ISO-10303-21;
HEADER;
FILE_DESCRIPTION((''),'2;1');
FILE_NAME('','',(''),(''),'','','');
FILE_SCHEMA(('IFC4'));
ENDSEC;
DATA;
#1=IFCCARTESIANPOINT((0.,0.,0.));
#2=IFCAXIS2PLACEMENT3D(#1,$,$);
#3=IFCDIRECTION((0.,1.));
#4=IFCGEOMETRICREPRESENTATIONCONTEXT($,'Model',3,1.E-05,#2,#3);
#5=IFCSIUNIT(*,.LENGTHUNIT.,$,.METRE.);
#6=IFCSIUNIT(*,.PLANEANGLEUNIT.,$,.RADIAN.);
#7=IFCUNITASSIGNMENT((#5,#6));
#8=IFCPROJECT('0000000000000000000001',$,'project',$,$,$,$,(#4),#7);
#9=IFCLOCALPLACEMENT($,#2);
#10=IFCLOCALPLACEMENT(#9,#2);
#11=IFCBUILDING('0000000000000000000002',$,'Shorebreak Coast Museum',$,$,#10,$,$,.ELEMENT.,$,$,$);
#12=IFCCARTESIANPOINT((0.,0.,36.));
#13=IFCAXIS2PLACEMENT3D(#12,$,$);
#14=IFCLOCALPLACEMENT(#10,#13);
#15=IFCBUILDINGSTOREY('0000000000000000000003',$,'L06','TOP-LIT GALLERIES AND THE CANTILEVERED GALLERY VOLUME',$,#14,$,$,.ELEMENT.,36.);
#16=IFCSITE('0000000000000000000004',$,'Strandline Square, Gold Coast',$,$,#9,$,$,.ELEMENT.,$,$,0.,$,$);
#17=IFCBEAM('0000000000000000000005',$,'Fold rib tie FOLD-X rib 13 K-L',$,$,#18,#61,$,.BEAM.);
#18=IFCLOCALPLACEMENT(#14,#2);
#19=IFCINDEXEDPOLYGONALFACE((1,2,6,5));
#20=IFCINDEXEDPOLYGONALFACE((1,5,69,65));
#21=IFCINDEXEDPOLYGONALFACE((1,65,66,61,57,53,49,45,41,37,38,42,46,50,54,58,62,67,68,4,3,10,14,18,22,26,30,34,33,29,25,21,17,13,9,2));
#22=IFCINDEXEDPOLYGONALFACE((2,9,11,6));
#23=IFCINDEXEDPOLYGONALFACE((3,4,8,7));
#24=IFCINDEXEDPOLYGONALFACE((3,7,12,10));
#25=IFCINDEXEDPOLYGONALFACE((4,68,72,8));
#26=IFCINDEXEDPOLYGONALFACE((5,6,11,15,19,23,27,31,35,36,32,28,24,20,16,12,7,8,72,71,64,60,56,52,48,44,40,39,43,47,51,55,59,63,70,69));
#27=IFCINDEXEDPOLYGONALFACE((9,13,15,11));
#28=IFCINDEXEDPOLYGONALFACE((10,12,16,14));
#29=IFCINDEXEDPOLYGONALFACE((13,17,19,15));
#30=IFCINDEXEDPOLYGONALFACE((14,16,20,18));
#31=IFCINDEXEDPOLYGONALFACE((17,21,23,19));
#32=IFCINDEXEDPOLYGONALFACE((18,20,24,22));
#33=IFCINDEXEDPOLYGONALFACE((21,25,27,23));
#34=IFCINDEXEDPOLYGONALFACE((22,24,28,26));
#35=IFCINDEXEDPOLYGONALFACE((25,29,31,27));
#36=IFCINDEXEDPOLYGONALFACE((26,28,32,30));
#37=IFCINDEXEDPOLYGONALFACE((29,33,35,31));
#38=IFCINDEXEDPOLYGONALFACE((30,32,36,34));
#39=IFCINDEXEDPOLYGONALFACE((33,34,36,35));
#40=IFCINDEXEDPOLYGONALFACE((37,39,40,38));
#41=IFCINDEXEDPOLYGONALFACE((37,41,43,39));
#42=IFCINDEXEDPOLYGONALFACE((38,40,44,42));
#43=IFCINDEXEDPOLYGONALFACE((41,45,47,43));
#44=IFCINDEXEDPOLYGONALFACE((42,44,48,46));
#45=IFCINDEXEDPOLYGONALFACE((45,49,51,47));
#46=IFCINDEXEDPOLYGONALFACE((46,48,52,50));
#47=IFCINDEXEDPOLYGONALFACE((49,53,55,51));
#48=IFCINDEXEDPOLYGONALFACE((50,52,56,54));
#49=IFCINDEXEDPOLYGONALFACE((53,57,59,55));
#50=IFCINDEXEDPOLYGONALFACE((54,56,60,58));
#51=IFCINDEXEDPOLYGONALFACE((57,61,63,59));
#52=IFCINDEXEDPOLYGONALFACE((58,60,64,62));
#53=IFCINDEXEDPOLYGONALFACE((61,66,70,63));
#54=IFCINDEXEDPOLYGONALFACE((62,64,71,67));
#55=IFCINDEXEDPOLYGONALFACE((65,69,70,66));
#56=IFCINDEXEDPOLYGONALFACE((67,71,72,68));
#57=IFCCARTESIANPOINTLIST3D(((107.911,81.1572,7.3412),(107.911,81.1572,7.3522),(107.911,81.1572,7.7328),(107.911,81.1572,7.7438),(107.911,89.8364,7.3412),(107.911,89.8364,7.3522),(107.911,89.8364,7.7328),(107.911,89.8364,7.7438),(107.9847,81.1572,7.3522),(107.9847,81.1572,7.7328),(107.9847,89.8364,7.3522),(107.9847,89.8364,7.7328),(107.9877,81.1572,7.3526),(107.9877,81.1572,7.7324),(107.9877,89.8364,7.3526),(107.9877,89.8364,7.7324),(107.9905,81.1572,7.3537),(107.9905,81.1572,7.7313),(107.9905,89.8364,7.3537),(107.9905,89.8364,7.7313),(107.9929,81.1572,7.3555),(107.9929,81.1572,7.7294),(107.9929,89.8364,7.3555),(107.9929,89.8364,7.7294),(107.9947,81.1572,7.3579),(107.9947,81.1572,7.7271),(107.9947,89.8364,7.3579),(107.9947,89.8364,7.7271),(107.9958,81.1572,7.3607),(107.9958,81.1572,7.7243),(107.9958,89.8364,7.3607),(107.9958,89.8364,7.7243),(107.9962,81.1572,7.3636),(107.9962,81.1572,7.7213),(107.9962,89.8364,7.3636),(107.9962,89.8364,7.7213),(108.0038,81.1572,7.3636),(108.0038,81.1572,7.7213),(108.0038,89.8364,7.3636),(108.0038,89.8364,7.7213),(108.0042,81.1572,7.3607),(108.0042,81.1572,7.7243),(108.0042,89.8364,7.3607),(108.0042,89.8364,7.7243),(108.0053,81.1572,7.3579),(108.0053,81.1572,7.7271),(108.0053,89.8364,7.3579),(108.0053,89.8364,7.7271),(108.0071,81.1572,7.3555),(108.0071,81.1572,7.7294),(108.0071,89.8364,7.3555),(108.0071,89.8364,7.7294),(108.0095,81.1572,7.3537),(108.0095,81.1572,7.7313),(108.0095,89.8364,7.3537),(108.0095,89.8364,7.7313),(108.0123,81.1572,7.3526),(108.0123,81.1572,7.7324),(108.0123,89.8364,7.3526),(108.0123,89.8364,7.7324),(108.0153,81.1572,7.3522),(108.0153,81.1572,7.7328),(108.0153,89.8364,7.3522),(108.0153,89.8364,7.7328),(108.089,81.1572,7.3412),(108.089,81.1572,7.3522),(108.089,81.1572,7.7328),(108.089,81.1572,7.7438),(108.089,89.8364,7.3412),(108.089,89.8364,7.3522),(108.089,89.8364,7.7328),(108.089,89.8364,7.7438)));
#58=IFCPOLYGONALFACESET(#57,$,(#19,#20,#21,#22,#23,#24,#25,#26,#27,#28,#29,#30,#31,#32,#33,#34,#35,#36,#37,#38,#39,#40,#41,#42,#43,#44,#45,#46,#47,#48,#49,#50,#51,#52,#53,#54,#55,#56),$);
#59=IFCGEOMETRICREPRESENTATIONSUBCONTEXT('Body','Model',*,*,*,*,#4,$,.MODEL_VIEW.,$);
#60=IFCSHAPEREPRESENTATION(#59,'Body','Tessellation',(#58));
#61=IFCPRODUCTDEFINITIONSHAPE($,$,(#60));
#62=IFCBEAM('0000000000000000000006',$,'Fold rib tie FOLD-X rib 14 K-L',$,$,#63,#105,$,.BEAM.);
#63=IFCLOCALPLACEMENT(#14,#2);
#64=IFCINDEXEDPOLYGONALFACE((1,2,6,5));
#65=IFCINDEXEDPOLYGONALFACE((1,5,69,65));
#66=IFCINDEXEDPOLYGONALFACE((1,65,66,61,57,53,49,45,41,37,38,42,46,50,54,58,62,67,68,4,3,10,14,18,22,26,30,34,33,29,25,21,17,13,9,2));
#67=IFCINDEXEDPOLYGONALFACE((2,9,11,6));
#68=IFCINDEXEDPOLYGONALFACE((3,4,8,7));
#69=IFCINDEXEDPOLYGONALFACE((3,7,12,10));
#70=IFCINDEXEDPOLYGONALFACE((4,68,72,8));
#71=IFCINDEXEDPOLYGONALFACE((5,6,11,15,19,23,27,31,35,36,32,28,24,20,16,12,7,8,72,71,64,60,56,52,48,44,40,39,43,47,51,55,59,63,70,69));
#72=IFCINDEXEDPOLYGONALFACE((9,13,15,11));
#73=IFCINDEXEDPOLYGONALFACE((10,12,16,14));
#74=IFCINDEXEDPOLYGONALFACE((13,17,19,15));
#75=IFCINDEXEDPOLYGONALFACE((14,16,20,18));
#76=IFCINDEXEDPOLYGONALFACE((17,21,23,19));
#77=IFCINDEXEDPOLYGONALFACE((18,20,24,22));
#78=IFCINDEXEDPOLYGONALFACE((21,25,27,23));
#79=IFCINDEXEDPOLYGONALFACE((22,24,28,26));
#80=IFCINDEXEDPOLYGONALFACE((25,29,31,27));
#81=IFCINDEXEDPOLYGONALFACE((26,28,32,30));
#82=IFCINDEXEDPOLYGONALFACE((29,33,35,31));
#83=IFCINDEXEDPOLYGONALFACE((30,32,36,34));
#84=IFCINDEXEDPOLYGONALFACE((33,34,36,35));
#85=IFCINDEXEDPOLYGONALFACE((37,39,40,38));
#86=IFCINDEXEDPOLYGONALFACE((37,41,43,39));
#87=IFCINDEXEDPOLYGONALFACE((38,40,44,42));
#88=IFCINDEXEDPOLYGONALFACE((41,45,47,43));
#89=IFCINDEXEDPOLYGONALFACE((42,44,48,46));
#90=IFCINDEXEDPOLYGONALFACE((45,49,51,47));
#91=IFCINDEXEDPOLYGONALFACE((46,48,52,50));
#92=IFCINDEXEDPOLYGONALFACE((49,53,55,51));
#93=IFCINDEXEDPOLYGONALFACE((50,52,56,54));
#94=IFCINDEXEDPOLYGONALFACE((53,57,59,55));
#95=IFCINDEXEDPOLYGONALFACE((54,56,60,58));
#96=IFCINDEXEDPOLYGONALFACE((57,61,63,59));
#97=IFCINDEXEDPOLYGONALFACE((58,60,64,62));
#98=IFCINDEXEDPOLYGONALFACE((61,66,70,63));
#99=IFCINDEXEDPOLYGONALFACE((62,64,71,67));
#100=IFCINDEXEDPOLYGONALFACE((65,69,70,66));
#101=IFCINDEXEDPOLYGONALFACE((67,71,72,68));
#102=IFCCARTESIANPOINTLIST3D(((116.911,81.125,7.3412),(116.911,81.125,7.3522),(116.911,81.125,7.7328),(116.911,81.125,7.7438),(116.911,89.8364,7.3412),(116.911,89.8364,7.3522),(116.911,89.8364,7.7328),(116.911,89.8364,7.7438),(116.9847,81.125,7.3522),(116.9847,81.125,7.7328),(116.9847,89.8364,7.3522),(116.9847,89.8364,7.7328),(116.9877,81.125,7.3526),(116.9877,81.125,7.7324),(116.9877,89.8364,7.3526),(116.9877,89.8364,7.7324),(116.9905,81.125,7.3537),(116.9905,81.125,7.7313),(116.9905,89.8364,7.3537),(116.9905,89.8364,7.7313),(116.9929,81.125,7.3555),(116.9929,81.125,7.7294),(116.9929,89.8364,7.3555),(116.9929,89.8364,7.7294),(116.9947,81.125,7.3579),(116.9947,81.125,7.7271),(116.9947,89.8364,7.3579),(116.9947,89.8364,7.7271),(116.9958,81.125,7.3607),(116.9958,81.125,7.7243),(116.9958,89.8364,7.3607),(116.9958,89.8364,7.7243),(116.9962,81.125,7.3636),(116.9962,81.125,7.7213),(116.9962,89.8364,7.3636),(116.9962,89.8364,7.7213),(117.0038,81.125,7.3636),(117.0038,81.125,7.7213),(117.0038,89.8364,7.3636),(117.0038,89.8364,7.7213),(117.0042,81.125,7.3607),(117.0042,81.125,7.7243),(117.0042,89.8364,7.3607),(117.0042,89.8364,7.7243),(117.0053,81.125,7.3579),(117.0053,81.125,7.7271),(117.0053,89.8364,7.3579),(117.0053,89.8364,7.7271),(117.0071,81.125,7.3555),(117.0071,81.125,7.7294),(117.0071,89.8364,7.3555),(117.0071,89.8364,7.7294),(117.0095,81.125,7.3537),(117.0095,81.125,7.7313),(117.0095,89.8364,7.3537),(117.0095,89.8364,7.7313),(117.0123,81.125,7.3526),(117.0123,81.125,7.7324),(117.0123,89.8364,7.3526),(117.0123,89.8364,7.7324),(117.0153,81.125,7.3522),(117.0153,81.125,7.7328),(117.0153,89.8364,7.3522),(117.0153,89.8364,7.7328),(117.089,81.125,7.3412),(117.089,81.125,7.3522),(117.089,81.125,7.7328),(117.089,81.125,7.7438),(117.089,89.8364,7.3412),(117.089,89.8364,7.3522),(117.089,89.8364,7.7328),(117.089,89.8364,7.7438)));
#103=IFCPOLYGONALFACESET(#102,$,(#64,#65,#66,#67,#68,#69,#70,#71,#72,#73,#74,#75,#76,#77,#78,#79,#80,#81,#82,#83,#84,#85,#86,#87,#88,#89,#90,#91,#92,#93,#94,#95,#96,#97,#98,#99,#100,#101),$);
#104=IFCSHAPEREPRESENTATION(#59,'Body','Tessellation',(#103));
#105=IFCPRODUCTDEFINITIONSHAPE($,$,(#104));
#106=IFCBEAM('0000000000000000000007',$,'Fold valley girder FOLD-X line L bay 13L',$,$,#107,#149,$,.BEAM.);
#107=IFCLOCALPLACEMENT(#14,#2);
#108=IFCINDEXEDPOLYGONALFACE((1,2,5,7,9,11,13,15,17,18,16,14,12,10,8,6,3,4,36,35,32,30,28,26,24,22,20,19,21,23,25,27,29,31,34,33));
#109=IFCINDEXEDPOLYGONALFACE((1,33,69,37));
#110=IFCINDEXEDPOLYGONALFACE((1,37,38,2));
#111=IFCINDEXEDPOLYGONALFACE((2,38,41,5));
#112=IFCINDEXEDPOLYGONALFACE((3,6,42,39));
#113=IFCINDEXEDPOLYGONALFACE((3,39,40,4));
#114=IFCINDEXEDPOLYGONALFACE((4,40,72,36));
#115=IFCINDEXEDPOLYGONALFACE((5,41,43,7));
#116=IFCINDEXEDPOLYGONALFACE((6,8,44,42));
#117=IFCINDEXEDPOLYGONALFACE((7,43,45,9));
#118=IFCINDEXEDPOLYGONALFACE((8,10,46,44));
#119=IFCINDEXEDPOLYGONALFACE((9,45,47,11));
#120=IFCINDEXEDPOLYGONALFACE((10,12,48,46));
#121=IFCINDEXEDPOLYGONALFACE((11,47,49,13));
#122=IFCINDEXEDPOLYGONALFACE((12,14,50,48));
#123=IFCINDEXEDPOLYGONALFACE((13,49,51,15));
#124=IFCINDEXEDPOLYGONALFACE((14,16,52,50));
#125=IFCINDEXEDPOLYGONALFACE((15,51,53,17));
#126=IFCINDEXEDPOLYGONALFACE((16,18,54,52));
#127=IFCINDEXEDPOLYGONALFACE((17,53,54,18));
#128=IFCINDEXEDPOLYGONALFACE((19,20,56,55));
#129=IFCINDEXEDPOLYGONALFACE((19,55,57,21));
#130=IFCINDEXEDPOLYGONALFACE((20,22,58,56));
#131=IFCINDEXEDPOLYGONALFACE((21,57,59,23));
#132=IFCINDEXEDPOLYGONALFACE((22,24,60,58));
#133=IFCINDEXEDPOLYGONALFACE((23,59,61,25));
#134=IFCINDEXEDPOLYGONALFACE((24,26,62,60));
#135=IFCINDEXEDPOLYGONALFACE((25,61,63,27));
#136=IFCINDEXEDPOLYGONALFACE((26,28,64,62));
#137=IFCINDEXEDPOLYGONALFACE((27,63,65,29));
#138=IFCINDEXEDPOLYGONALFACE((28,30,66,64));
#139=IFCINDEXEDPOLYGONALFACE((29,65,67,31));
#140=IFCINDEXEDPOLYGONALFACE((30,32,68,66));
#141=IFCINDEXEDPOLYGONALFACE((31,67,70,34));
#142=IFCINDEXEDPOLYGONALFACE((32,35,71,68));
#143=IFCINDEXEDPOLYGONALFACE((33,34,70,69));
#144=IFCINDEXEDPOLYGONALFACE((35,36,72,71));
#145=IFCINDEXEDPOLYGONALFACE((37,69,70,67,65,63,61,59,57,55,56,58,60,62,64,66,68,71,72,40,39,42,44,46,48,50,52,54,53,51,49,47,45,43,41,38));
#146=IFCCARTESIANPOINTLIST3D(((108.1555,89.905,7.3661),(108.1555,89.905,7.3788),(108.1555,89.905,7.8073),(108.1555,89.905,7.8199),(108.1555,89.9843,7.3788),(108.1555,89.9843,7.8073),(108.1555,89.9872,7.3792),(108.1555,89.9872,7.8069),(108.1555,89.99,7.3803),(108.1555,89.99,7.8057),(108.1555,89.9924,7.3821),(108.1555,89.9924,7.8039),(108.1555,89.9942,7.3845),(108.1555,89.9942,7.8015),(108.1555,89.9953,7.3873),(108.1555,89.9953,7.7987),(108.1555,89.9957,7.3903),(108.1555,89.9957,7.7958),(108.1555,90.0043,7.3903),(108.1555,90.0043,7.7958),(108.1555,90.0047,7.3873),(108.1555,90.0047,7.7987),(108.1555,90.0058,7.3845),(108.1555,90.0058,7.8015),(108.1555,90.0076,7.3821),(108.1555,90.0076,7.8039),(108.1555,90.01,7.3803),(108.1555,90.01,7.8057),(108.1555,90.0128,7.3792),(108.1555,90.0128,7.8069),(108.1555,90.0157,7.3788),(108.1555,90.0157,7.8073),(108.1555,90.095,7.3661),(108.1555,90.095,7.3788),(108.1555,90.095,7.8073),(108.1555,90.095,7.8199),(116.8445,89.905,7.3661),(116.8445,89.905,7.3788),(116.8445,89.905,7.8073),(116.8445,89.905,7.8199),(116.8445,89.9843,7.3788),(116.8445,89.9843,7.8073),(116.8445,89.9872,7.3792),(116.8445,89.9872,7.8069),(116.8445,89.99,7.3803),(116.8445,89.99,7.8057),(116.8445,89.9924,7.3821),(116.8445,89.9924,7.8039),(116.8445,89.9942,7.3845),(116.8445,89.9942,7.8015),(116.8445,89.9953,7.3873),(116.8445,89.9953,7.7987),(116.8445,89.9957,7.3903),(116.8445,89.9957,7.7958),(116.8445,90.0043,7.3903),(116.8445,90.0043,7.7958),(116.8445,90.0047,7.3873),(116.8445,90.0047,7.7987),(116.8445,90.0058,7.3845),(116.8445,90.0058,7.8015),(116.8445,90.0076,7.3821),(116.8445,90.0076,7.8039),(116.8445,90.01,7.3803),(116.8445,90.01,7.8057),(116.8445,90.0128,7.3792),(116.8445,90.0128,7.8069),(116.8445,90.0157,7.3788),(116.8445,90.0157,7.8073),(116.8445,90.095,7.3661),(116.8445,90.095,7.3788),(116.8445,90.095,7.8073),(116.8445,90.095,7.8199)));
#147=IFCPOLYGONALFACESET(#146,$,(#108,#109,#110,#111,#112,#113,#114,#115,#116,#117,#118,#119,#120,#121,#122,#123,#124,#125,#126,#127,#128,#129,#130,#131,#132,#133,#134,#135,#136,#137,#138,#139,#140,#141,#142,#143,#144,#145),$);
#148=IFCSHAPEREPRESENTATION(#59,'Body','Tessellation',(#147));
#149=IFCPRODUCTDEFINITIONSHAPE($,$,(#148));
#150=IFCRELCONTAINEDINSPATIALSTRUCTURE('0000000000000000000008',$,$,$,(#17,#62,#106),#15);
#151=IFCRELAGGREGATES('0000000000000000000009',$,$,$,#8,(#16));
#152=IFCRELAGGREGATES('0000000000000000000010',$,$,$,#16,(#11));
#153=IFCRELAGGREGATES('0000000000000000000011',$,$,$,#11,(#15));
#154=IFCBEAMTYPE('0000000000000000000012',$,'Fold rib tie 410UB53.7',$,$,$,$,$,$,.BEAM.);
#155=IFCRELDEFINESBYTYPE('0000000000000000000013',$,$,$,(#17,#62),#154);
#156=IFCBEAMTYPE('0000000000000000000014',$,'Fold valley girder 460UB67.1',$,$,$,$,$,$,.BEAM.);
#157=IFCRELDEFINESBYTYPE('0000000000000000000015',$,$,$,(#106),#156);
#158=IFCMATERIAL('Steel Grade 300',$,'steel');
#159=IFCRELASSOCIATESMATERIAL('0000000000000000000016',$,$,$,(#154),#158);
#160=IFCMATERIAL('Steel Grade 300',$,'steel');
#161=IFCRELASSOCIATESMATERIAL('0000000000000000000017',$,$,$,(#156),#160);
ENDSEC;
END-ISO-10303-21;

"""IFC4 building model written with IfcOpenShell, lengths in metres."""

from ifc_helpers import new_model, si_unit, direction, frame, origin, origin_2d, place, context, subcontext, project, spatial, i_section, extrude, material, material_profile, profile_set, type_object, element, save


model = new_model("IFC4")

# Units and contexts
model_context = context("Model", 3, precision=1e-05, world=origin(), true_north=direction((0.0, 1.0)))
body_context = subcontext(model_context, "Body", "Model", "MODEL_VIEW")
ifc_project = project(units=[si_unit("LENGTHUNIT", "METRE"), si_unit("PLANEANGLEUNIT", "RADIAN")], contexts=[model_context])

# Site, building, storey
site_placement = place(None, origin())
site = spatial("IfcSite", under=ifc_project, at=site_placement, Name="Strandline Square, Gold Coast", CompositionType="ELEMENT", RefElevation=0.0)
building_placement = place(site_placement, origin())
building = spatial("IfcBuilding", under=site, at=building_placement, Name="Shorebreak Coast Museum", CompositionType="ELEMENT")
storey_placement = place(building_placement, frame((0.0, 0.0, 36.0)))
storey = spatial("IfcBuildingStorey", under=building, at=storey_placement, Name="L06", Description="TOP-LIT GALLERIES AND THE CANTILEVERED GALLERY VOLUME", CompositionType="ELEMENT", Elevation=36.0)

# Beams
ifc_material_1 = material(Name="Steel Grade 300", Category="steel")
ifc_material_profile_1 = material_profile(ifc_material_1, i_section(OverallWidth=0.178, OverallDepth=0.4026, WebThickness=0.0076, FlangeThickness=0.011, FilletRadius=0.0115, at=origin_2d()), Name="410UB53.7")
ifc_profile_set_1 = profile_set([ifc_material_profile_1], Name="Steel Grade 300")
beam_type_1 = type_object("IfcBeamType", Name="Fold rib tie 410UB53.7", PredefinedType="BEAM", material=ifc_profile_set_1)
beam_1_placement = place(storey_placement, frame((108.0, 81.1572, 7.5425), z_axis=(0.0, 1.0, 0.0), x_axis=(-1.0, 0.0, 0.0)))
element("IfcBeam", 1, at=beam_1_placement, inside=storey, type_object=beam_type_1, Name="Fold rib tie FOLD-X rib 13 K-L", PredefinedType="BEAM", context=body_context, shape_type="SweptSolid", body=[
    extrude(i_section(OverallWidth=0.178, OverallDepth=0.4026, WebThickness=0.0076, FlangeThickness=0.011, FilletRadius=0.0115, at=origin_2d()), origin(), (0.0, 0.0, 1.0), 8.6792),
])
beam_2_placement = place(storey_placement, frame((117.0, 81.125, 7.5425), z_axis=(0.0, 1.0, 0.0), x_axis=(-1.0, 0.0, 0.0)))
element("IfcBeam", 2, at=beam_2_placement, inside=storey, type_object=beam_type_1, Name="Fold rib tie FOLD-X rib 14 K-L", PredefinedType="BEAM", context=body_context, shape_type="SweptSolid", body=[
    extrude(i_section(OverallWidth=0.178, OverallDepth=0.4026, WebThickness=0.0076, FlangeThickness=0.011, FilletRadius=0.0115, at=origin_2d()), origin(), (0.0, 0.0, 1.0), 8.7114),
])
ifc_material_2 = material(Name="Steel Grade 300", Category="steel")
ifc_material_profile_2 = material_profile(ifc_material_2, i_section(OverallWidth=0.1899, OverallDepth=0.4539, WebThickness=0.0085, FlangeThickness=0.0127, FilletRadius=0.0115, at=origin_2d()), Name="460UB67.1")
ifc_profile_set_2 = profile_set([ifc_material_profile_2], Name="Steel Grade 300")
beam_type_2 = type_object("IfcBeamType", Name="Fold valley girder 460UB67.1", PredefinedType="BEAM", material=ifc_profile_set_2)
beam_3_placement = place(storey_placement, frame((108.1555, 90.0, 7.593), z_axis=(1.0, 0.0, 0.0), x_axis=(0.0, 1.0, 0.0)))
element("IfcBeam", 3, at=beam_3_placement, inside=storey, type_object=beam_type_2, Name="Fold valley girder FOLD-X line L bay 13L", PredefinedType="BEAM", context=body_context, shape_type="SweptSolid", body=[
    extrude(i_section(OverallWidth=0.1899, OverallDepth=0.4539, WebThickness=0.0085, FlangeThickness=0.0127, FilletRadius=0.0115, at=origin_2d()), origin(), (0.0, 0.0, 1.0), 8.689),
])

save(model, "model.ifc")
